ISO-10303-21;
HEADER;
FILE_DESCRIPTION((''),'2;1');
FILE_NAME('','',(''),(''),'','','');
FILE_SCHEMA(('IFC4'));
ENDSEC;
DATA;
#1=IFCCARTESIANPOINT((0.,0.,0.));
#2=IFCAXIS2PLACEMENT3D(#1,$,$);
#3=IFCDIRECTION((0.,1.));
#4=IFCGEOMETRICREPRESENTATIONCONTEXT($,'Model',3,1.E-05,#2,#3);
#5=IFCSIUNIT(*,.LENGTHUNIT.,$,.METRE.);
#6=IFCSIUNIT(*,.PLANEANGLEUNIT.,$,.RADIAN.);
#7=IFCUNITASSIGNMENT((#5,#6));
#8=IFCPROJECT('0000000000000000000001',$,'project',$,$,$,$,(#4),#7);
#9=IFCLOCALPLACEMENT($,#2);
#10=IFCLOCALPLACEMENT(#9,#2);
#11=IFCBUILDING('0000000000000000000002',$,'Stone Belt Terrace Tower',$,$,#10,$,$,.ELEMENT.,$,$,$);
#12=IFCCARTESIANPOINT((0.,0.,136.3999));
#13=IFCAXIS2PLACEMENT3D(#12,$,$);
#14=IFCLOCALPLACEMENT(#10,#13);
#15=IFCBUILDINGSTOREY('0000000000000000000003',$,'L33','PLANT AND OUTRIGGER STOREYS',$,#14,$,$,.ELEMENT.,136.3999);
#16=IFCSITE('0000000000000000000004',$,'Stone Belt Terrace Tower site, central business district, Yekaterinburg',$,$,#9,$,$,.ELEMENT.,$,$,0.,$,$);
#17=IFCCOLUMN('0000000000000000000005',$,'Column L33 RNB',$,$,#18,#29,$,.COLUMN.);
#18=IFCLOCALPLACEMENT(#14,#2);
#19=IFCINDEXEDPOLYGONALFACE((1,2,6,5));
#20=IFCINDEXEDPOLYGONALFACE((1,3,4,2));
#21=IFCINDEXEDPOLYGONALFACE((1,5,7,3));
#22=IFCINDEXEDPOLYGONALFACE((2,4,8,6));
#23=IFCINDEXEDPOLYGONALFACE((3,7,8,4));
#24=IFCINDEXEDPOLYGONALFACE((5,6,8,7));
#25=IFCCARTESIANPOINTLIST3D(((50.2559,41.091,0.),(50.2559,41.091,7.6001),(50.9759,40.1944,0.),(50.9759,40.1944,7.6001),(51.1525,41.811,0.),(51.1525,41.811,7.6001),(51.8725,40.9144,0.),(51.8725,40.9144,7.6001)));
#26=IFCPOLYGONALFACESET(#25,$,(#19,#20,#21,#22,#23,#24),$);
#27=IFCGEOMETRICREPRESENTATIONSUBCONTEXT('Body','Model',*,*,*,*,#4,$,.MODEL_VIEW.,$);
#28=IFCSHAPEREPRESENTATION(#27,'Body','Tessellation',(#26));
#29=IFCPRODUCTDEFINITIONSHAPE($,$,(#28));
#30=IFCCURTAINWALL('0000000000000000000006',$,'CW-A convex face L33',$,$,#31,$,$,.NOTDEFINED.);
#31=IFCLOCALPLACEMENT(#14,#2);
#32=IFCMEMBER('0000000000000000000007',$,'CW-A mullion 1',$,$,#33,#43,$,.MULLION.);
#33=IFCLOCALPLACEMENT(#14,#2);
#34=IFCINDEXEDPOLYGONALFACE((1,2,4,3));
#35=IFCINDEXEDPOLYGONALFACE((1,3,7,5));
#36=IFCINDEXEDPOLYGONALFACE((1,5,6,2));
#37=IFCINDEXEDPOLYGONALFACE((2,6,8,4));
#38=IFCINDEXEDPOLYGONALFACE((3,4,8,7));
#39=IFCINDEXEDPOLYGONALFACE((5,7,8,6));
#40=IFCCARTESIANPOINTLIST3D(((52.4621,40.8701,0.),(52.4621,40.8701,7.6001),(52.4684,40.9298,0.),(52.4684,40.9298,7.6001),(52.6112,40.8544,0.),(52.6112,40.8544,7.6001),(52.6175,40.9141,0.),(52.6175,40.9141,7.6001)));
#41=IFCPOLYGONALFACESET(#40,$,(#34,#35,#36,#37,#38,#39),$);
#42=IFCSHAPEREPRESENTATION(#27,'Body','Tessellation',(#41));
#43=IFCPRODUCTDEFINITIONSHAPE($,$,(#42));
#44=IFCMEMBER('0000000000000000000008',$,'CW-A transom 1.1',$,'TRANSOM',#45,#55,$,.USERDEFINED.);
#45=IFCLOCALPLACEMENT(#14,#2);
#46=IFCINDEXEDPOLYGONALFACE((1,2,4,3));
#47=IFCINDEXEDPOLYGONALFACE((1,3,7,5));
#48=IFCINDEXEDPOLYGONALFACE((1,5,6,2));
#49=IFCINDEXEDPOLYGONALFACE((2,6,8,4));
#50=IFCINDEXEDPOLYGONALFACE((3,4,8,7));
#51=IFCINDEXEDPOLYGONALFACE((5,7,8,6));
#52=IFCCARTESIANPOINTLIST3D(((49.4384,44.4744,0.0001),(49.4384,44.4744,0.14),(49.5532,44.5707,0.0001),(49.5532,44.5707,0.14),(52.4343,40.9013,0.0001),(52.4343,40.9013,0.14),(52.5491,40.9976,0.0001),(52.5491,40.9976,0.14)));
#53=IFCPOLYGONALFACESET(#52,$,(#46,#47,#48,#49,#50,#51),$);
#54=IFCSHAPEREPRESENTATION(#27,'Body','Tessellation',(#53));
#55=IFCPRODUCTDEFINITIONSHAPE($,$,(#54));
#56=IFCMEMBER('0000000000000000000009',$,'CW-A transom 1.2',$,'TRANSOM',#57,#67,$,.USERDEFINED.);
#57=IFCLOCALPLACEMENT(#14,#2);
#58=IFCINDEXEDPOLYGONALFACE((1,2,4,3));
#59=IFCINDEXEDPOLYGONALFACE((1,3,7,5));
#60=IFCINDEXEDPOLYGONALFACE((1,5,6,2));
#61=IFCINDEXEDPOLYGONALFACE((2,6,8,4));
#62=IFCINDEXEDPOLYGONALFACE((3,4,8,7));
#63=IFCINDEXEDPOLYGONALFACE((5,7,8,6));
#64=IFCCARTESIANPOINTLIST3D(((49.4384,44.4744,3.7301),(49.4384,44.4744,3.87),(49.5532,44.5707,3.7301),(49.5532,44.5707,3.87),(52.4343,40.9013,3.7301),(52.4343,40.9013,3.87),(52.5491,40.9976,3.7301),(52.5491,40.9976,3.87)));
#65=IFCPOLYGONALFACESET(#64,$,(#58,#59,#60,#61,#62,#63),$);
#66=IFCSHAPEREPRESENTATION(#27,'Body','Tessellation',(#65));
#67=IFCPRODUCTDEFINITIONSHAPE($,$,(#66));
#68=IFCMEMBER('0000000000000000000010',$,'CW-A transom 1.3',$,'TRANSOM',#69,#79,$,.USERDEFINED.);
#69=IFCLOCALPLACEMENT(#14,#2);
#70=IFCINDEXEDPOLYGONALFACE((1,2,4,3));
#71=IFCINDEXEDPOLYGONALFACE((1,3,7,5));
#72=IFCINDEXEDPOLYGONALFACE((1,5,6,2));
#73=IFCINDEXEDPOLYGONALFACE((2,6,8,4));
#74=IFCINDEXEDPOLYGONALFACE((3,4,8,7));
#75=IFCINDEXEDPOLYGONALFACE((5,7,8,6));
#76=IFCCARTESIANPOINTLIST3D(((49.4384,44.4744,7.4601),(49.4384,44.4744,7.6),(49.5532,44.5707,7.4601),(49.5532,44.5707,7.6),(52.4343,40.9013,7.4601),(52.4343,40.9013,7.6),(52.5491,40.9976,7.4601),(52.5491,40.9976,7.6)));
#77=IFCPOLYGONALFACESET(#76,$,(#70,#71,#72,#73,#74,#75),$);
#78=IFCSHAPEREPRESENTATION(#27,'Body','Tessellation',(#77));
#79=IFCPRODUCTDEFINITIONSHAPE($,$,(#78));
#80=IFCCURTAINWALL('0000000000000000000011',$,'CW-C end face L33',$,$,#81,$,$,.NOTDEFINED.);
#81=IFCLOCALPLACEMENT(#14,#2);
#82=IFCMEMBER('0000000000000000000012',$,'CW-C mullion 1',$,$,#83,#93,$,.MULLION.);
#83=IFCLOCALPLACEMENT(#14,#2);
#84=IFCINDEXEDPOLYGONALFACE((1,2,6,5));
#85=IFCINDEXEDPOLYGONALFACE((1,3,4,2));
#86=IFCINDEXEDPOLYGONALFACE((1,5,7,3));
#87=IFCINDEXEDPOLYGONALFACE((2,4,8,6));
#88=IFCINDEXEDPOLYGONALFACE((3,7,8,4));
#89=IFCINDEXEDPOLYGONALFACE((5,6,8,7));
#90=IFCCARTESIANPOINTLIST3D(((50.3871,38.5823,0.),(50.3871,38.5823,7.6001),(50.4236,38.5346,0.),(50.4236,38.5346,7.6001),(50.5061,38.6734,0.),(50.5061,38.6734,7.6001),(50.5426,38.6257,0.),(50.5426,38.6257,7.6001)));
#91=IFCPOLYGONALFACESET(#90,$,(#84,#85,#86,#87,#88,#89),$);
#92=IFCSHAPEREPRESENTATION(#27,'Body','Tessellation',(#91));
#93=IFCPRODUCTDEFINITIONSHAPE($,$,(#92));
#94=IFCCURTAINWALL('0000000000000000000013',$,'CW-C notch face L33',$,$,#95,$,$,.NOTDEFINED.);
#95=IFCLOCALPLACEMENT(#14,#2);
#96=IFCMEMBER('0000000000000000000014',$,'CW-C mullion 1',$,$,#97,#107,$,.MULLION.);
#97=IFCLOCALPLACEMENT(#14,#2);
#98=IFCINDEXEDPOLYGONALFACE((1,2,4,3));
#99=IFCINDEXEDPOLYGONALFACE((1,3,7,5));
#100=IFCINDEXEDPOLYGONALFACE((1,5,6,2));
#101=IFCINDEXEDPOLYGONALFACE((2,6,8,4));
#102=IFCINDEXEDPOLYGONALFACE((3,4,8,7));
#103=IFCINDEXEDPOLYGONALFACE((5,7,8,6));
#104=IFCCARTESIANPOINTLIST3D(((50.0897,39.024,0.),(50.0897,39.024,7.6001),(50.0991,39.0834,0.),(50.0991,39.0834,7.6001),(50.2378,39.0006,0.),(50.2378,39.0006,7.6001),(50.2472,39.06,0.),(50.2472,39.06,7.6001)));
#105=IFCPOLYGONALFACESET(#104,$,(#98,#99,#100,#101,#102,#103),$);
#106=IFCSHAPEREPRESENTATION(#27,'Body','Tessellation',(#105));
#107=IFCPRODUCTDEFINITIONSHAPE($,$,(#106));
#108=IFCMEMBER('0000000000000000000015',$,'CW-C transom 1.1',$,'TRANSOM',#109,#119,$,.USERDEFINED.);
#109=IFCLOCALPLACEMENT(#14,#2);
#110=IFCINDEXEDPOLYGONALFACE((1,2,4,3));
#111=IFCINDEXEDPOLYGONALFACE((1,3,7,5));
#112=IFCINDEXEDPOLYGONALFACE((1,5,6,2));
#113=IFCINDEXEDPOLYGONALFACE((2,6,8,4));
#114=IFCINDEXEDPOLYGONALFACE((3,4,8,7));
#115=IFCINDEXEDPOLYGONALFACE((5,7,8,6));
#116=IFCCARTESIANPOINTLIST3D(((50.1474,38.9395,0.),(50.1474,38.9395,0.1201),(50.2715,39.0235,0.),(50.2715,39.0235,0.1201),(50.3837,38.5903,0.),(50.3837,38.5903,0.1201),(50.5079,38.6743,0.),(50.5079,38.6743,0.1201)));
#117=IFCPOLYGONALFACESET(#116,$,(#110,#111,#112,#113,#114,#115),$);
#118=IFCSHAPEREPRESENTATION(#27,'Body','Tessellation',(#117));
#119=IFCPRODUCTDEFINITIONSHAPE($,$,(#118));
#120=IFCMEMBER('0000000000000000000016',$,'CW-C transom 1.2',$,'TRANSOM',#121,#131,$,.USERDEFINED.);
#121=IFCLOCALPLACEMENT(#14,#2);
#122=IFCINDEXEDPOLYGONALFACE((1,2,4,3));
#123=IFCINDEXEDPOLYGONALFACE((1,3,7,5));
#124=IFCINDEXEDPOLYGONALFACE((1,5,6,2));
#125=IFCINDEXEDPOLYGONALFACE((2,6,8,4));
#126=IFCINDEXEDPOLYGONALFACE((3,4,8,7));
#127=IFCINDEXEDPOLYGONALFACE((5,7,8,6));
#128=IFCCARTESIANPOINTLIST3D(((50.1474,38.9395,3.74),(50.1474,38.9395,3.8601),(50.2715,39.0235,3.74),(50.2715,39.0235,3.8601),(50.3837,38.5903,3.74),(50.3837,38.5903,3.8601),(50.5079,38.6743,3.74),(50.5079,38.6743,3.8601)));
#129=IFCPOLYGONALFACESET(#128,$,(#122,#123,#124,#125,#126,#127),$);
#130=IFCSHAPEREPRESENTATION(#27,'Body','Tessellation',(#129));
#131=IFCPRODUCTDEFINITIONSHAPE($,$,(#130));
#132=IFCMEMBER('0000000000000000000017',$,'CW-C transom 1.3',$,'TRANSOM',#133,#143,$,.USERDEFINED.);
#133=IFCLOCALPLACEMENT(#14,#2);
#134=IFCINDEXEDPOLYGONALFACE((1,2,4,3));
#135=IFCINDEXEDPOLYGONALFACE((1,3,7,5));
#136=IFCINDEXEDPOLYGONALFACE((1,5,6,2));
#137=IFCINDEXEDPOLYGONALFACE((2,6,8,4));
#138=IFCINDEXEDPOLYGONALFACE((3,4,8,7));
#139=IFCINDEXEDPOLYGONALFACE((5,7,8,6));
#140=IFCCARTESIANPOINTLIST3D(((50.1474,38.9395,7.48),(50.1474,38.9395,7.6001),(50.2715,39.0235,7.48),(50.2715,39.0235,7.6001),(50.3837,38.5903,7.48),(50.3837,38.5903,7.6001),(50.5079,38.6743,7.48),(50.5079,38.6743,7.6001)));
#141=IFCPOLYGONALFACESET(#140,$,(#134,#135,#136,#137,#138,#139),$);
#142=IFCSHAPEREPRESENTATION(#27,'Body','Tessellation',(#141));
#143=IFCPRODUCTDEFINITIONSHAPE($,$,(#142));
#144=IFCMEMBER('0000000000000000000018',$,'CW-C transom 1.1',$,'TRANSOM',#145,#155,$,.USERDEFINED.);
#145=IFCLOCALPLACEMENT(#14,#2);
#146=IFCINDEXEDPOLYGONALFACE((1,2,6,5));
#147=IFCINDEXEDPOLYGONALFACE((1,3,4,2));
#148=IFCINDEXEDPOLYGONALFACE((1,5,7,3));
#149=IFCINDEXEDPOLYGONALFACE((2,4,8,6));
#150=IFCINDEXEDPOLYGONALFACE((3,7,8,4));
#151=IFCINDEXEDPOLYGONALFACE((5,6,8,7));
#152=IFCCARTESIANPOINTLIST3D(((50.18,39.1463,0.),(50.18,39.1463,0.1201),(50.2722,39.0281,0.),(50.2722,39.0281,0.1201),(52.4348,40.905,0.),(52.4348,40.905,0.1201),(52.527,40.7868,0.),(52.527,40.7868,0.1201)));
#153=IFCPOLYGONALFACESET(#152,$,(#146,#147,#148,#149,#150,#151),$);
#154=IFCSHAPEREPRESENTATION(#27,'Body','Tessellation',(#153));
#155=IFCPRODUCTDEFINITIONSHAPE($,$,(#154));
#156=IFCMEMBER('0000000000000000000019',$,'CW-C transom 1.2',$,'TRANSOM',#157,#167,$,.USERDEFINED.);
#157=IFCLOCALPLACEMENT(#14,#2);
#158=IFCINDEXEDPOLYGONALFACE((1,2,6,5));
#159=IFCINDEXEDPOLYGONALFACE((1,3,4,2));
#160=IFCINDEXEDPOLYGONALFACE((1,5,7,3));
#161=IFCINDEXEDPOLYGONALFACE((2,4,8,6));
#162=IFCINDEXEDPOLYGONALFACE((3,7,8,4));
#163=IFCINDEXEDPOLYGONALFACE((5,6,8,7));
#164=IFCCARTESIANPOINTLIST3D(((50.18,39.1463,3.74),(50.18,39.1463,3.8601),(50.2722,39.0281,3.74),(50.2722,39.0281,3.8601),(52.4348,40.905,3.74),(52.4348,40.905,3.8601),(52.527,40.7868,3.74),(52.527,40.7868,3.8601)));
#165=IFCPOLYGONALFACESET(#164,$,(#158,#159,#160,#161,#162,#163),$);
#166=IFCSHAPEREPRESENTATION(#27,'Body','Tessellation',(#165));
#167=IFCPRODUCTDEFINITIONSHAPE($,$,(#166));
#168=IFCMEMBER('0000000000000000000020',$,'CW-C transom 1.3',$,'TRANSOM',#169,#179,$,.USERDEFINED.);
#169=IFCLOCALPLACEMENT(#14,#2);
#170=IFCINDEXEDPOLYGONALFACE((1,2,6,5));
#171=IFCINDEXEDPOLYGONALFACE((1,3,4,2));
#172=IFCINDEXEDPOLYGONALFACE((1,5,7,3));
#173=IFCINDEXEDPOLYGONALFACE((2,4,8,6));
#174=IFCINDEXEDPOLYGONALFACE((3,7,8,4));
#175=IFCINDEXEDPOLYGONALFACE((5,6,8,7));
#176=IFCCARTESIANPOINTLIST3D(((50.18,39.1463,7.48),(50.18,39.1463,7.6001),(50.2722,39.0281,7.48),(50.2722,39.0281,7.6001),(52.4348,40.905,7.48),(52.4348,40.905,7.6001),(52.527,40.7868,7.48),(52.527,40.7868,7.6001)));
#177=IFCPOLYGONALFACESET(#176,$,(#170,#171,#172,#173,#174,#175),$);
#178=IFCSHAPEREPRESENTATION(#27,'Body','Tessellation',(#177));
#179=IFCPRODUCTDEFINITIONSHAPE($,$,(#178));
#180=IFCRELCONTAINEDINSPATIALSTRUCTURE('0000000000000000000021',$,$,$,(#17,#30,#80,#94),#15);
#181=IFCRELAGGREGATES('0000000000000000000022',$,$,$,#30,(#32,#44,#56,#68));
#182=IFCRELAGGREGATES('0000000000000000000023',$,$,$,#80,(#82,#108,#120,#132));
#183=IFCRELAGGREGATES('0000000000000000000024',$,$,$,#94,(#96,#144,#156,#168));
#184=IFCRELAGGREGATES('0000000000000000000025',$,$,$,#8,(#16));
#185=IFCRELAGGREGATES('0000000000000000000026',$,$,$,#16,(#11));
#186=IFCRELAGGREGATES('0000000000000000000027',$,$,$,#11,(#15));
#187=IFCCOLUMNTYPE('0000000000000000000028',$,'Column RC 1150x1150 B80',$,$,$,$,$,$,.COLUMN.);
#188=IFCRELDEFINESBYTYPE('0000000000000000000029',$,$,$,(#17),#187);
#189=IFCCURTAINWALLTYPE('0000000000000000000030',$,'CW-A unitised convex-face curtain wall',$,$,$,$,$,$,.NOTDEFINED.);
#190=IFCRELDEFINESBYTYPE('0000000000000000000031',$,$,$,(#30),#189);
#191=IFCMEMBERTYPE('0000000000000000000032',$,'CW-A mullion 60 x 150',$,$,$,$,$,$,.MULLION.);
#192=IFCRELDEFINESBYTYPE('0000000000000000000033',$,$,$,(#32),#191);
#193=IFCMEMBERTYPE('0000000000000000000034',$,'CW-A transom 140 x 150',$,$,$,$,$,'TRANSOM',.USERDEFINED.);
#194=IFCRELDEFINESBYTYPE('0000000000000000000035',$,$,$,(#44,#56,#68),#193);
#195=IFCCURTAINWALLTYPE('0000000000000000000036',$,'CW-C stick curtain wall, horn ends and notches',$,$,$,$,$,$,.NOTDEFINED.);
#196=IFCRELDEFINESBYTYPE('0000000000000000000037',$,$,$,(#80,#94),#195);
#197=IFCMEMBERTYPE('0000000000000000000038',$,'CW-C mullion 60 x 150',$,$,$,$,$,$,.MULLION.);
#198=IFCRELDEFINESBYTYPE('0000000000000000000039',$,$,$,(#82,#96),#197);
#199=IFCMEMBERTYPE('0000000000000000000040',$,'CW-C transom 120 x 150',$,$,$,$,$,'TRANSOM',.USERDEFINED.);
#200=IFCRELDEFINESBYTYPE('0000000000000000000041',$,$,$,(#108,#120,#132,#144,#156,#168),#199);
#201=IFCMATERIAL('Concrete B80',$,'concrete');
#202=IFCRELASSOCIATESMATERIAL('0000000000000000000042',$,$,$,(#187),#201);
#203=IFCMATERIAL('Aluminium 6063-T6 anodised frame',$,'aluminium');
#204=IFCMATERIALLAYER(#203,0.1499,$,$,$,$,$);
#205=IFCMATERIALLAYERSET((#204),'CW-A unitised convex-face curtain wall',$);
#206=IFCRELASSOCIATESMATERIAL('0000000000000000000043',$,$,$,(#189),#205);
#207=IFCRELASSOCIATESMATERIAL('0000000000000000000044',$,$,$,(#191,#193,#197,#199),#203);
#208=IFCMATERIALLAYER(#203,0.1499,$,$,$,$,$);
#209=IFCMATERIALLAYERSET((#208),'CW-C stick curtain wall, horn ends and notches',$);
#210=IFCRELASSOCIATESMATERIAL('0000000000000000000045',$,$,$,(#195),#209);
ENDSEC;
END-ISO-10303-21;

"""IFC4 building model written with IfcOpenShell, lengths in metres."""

from ifc_helpers import new_model, si_unit, direction, frame, origin, origin_2d, place, context, subcontext, project, spatial, rectangle, extrude, material, layer, layer_set, material_profile, profile_set, type_object, element, aggregate, save


model = new_model("IFC4")

# Units and contexts
model_context = context("Model", 3, precision=1e-05, world=origin(), true_north=direction((0.0, 1.0)))
body_context = subcontext(model_context, "Body", "Model", "MODEL_VIEW")
ifc_project = project(units=[si_unit("LENGTHUNIT", "METRE"), si_unit("PLANEANGLEUNIT", "RADIAN")], contexts=[model_context])

# Site, building, storey
site_placement = place(None, origin())
site = spatial("IfcSite", under=ifc_project, at=site_placement, Name="Stone Belt Terrace Tower site, central business district, Yekaterinburg", CompositionType="ELEMENT", RefElevation=0.0)
building_placement = place(site_placement, origin())
building = spatial("IfcBuilding", under=site, at=building_placement, Name="Stone Belt Terrace Tower", CompositionType="ELEMENT")
storey_placement = place(building_placement, frame((0.0, 0.0, 136.3999)))
storey = spatial("IfcBuildingStorey", under=building, at=storey_placement, Name="L33", Description="PLANT AND OUTRIGGER STOREYS", CompositionType="ELEMENT", Elevation=136.3999)

# Column
ifc_material_1 = material(Name="Concrete B80", Category="concrete")
ifc_material_profile_1 = material_profile(ifc_material_1, rectangle(XDim=1.1499, YDim=1.1499, at=origin_2d()), Name="RC 1150x1150")
ifc_profile_set_1 = profile_set([ifc_material_profile_1], Name="Concrete B80")
column_type = type_object("IfcColumnType", Name="Column RC 1150x1150 B80", PredefinedType="COLUMN", material=ifc_profile_set_1)
column_placement = place(storey_placement, frame((51.0642, 41.0027, 0.0), z_axis=(0.0, 0.0, 1.0), x_axis=(0.626104, -0.779739, 0.0)))
element("IfcColumn", 1, at=column_placement, inside=storey, type_object=column_type, Name="Column L33 RNB", PredefinedType="COLUMN", context=body_context, shape_type="SweptSolid", body=[
    extrude(rectangle(XDim=1.1499, YDim=1.1499, at=origin_2d()), origin(), (0.0, 0.0, 1.0), 7.6001),
])

# Curtain wall, members
ifc_material_2 = material(Name="Aluminium 6063-T6 anodised frame", Category="aluminium")
ifc_layer_1 = layer(ifc_material_2, 0.1499)
ifc_layer_set_1 = layer_set([ifc_layer_1], Name="CW-A unitised convex-face curtain wall")
curtain_wall_type_1 = type_object("IfcCurtainWallType", Name="CW-A unitised convex-face curtain wall", PredefinedType="NOTDEFINED", material=ifc_layer_set_1)
curtain_wall_1_placement = place(storey_placement, origin())
curtain_wall_1 = element("IfcCurtainWall", 2, at=curtain_wall_1_placement, inside=storey, type_object=curtain_wall_type_1, Name="CW-A convex face L33", PredefinedType="NOTDEFINED")
ifc_material_profile_2 = material_profile(ifc_material_2, rectangle(XDim=0.1499, YDim=0.0601, at=origin_2d()), Name="Aluminium 6063-T6 60x150")
ifc_profile_set_2 = profile_set([ifc_material_profile_2], Name="Aluminium 6063-T6 anodised frame")
member_type_1 = type_object("IfcMemberType", Name="CW-A mullion 60 x 150", PredefinedType="MULLION", material=ifc_profile_set_2)
member_1_placement = place(storey_placement, frame((52.5398, 40.8921, 0.0), z_axis=(0.0, 0.0, 1.0), x_axis=(-0.994465, 0.105071, 0.0)))
member_1 = element("IfcMember", 3, at=member_1_placement, type_object=member_type_1, Name="CW-A mullion 1", PredefinedType="MULLION", context=body_context, shape_type="SweptSolid", body=[
    extrude(rectangle(XDim=0.1499, YDim=0.0601, at=origin_2d()), origin(), (0.0, 0.0, 1.0), 7.6001),
])
ifc_material_profile_3 = material_profile(ifc_material_2, rectangle(XDim=0.1499, YDim=0.1399, at=origin_2d()), Name="Aluminium 6063-T6 150x140")
ifc_profile_set_3 = profile_set([ifc_material_profile_3], Name="Aluminium 6063-T6 anodised frame")
member_type_2 = type_object("IfcMemberType", Name="CW-A transom 140 x 150", ElementType="TRANSOM", PredefinedType="USERDEFINED", material=ifc_profile_set_3)
member_2_placement = place(storey_placement, frame((52.4917, 40.9495, 0.0701), z_axis=(-0.642504, 0.766282, 0.0), x_axis=(-0.766282, -0.642504, 0.0)))
member_2 = element("IfcMember", 4, at=member_2_placement, type_object=member_type_2, Name="CW-A transom 1.1", ObjectType="TRANSOM", PredefinedType="USERDEFINED", context=body_context, shape_type="SweptSolid", body=[
    extrude(rectangle(XDim=0.1499, YDim=0.1399, at=origin_2d()), origin(), (0.0, 0.0, 1.0), 4.6628),
])
member_3_placement = place(storey_placement, frame((52.4917, 40.9495, 3.8), z_axis=(-0.642504, 0.766282, 0.0), x_axis=(-0.766282, -0.642504, 0.0)))
member_3 = element("IfcMember", 5, at=member_3_placement, type_object=member_type_2, Name="CW-A transom 1.2", ObjectType="TRANSOM", PredefinedType="USERDEFINED", context=body_context, shape_type="SweptSolid", body=[
    extrude(rectangle(XDim=0.1499, YDim=0.1399, at=origin_2d()), origin(), (0.0, 0.0, 1.0), 4.6628),
])
member_4_placement = place(storey_placement, frame((52.4917, 40.9495, 7.53), z_axis=(-0.642504, 0.766282, 0.0), x_axis=(-0.766282, -0.642504, 0.0)))
member_4 = element("IfcMember", 6, at=member_4_placement, type_object=member_type_2, Name="CW-A transom 1.3", ObjectType="TRANSOM", PredefinedType="USERDEFINED", context=body_context, shape_type="SweptSolid", body=[
    extrude(rectangle(XDim=0.1499, YDim=0.1399, at=origin_2d()), origin(), (0.0, 0.0, 1.0), 4.6628),
])

# Curtain walls, members
ifc_layer_2 = layer(ifc_material_2, 0.1499)
ifc_layer_set_2 = layer_set([ifc_layer_2], Name="CW-C stick curtain wall, horn ends and notches")
curtain_wall_type_2 = type_object("IfcCurtainWallType", Name="CW-C stick curtain wall, horn ends and notches", PredefinedType="NOTDEFINED", material=ifc_layer_set_2)
curtain_wall_2_placement = place(storey_placement, origin())
curtain_wall_2 = element("IfcCurtainWall", 7, at=curtain_wall_2_placement, inside=storey, type_object=curtain_wall_type_2, Name="CW-C end face L33", PredefinedType="NOTDEFINED")
ifc_material_profile_4 = material_profile(ifc_material_2, rectangle(XDim=0.1499, YDim=0.0601, at=origin_2d()), Name="Aluminium 6063-T6 60x150")
ifc_profile_set_4 = profile_set([ifc_material_profile_4], Name="Aluminium 6063-T6 anodised frame")
member_type_3 = type_object("IfcMemberType", Name="CW-C mullion 60 x 150", PredefinedType="MULLION", material=ifc_profile_set_4)
member_5_placement = place(storey_placement, frame((50.4648, 38.604, 0.0), z_axis=(0.0, 0.0, 1.0), x_axis=(-0.794258, -0.607581, 0.0)))
member_5 = element("IfcMember", 8, at=member_5_placement, type_object=member_type_3, Name="CW-C mullion 1", PredefinedType="MULLION", context=body_context, shape_type="SweptSolid", body=[
    extrude(rectangle(XDim=0.1499, YDim=0.0601, at=origin_2d()), origin(), (0.0, 0.0, 1.0), 7.6001),
])
curtain_wall_3_placement = place(storey_placement, origin())
curtain_wall_3 = element("IfcCurtainWall", 9, at=curtain_wall_3_placement, inside=storey, type_object=curtain_wall_type_2, Name="CW-C notch face L33", PredefinedType="NOTDEFINED")
member_6_placement = place(storey_placement, frame((50.1685, 39.042, 0.0), z_axis=(0.0, 0.0, 1.0), x_axis=(-0.987742, 0.156094, 0.0)))
member_6 = element("IfcMember", 10, at=member_6_placement, type_object=member_type_3, Name="CW-C mullion 1", PredefinedType="MULLION", context=body_context, shape_type="SweptSolid", body=[
    extrude(rectangle(XDim=0.1499, YDim=0.0601, at=origin_2d()), origin(), (0.0, 0.0, 1.0), 7.6001),
])

# Members
ifc_material_profile_5 = material_profile(ifc_material_2, rectangle(XDim=0.1499, YDim=0.1201, at=origin_2d()), Name="Aluminium 6063-T6 150x120")
ifc_profile_set_5 = profile_set([ifc_material_profile_5], Name="Aluminium 6063-T6 anodised frame")
member_type_4 = type_object("IfcMemberType", Name="CW-C transom 120 x 150", ElementType="TRANSOM", PredefinedType="USERDEFINED", material=ifc_profile_set_5)
member_7_placement = place(storey_placement, frame((50.4458, 38.6323, 0.0601), z_axis=(-0.560566, 0.828109, 0.0), x_axis=(-0.828109, -0.560566, 0.0)))
member_7 = element("IfcMember", 11, at=member_7_placement, type_object=member_type_4, Name="CW-C transom 1.1", ObjectType="TRANSOM", PredefinedType="USERDEFINED", context=body_context, shape_type="SweptSolid", body=[
    extrude(rectangle(XDim=0.1499, YDim=0.1201, at=origin_2d()), origin(), (0.0, 0.0, 1.0), 0.4216),
])
member_8_placement = place(storey_placement, frame((50.4458, 38.6323, 3.8), z_axis=(-0.560566, 0.828109, 0.0), x_axis=(-0.828109, -0.560566, 0.0)))
member_8 = element("IfcMember", 12, at=member_8_placement, type_object=member_type_4, Name="CW-C transom 1.2", ObjectType="TRANSOM", PredefinedType="USERDEFINED", context=body_context, shape_type="SweptSolid", body=[
    extrude(rectangle(XDim=0.1499, YDim=0.1201, at=origin_2d()), origin(), (0.0, 0.0, 1.0), 0.4216),
])
member_9_placement = place(storey_placement, frame((50.4458, 38.6323, 7.54), z_axis=(-0.560566, 0.828109, 0.0), x_axis=(-0.828109, -0.560566, 0.0)))
member_9 = element("IfcMember", 13, at=member_9_placement, type_object=member_type_4, Name="CW-C transom 1.3", ObjectType="TRANSOM", PredefinedType="USERDEFINED", context=body_context, shape_type="SweptSolid", body=[
    extrude(rectangle(XDim=0.1499, YDim=0.1201, at=origin_2d()), origin(), (0.0, 0.0, 1.0), 0.4216),
])
member_10_placement = place(storey_placement, frame((50.2261, 39.0872, 0.0601), z_axis=(0.788506, 0.615028, 0.0), x_axis=(-0.615028, 0.788506, 0.0)))
member_10 = element("IfcMember", 14, at=member_10_placement, type_object=member_type_4, Name="CW-C transom 1.1", ObjectType="TRANSOM", PredefinedType="USERDEFINED", context=body_context, shape_type="SweptSolid", body=[
    extrude(rectangle(XDim=0.1499, YDim=0.1201, at=origin_2d()), origin(), (0.0, 0.0, 1.0), 2.8596),
])
member_11_placement = place(storey_placement, frame((50.2261, 39.0872, 3.8), z_axis=(0.788506, 0.615028, 0.0), x_axis=(-0.615028, 0.788506, 0.0)))
member_11 = element("IfcMember", 15, at=member_11_placement, type_object=member_type_4, Name="CW-C transom 1.2", ObjectType="TRANSOM", PredefinedType="USERDEFINED", context=body_context, shape_type="SweptSolid", body=[
    extrude(rectangle(XDim=0.1499, YDim=0.1201, at=origin_2d()), origin(), (0.0, 0.0, 1.0), 2.8596),
])
member_12_placement = place(storey_placement, frame((50.2261, 39.0872, 7.54), z_axis=(0.788506, 0.615028, 0.0), x_axis=(-0.615028, 0.788506, 0.0)))
member_12 = element("IfcMember", 16, at=member_12_placement, type_object=member_type_4, Name="CW-C transom 1.3", ObjectType="TRANSOM", PredefinedType="USERDEFINED", context=body_context, shape_type="SweptSolid", body=[
    extrude(rectangle(XDim=0.1499, YDim=0.1201, at=origin_2d()), origin(), (0.0, 0.0, 1.0), 2.8596),
])

aggregate(curtain_wall_1, [member_1, member_2, member_3, member_4])
aggregate(curtain_wall_2, [member_5, member_7, member_8, member_9])
aggregate(curtain_wall_3, [member_6, member_10, member_11, member_12])

save(model, "model.ifc")
